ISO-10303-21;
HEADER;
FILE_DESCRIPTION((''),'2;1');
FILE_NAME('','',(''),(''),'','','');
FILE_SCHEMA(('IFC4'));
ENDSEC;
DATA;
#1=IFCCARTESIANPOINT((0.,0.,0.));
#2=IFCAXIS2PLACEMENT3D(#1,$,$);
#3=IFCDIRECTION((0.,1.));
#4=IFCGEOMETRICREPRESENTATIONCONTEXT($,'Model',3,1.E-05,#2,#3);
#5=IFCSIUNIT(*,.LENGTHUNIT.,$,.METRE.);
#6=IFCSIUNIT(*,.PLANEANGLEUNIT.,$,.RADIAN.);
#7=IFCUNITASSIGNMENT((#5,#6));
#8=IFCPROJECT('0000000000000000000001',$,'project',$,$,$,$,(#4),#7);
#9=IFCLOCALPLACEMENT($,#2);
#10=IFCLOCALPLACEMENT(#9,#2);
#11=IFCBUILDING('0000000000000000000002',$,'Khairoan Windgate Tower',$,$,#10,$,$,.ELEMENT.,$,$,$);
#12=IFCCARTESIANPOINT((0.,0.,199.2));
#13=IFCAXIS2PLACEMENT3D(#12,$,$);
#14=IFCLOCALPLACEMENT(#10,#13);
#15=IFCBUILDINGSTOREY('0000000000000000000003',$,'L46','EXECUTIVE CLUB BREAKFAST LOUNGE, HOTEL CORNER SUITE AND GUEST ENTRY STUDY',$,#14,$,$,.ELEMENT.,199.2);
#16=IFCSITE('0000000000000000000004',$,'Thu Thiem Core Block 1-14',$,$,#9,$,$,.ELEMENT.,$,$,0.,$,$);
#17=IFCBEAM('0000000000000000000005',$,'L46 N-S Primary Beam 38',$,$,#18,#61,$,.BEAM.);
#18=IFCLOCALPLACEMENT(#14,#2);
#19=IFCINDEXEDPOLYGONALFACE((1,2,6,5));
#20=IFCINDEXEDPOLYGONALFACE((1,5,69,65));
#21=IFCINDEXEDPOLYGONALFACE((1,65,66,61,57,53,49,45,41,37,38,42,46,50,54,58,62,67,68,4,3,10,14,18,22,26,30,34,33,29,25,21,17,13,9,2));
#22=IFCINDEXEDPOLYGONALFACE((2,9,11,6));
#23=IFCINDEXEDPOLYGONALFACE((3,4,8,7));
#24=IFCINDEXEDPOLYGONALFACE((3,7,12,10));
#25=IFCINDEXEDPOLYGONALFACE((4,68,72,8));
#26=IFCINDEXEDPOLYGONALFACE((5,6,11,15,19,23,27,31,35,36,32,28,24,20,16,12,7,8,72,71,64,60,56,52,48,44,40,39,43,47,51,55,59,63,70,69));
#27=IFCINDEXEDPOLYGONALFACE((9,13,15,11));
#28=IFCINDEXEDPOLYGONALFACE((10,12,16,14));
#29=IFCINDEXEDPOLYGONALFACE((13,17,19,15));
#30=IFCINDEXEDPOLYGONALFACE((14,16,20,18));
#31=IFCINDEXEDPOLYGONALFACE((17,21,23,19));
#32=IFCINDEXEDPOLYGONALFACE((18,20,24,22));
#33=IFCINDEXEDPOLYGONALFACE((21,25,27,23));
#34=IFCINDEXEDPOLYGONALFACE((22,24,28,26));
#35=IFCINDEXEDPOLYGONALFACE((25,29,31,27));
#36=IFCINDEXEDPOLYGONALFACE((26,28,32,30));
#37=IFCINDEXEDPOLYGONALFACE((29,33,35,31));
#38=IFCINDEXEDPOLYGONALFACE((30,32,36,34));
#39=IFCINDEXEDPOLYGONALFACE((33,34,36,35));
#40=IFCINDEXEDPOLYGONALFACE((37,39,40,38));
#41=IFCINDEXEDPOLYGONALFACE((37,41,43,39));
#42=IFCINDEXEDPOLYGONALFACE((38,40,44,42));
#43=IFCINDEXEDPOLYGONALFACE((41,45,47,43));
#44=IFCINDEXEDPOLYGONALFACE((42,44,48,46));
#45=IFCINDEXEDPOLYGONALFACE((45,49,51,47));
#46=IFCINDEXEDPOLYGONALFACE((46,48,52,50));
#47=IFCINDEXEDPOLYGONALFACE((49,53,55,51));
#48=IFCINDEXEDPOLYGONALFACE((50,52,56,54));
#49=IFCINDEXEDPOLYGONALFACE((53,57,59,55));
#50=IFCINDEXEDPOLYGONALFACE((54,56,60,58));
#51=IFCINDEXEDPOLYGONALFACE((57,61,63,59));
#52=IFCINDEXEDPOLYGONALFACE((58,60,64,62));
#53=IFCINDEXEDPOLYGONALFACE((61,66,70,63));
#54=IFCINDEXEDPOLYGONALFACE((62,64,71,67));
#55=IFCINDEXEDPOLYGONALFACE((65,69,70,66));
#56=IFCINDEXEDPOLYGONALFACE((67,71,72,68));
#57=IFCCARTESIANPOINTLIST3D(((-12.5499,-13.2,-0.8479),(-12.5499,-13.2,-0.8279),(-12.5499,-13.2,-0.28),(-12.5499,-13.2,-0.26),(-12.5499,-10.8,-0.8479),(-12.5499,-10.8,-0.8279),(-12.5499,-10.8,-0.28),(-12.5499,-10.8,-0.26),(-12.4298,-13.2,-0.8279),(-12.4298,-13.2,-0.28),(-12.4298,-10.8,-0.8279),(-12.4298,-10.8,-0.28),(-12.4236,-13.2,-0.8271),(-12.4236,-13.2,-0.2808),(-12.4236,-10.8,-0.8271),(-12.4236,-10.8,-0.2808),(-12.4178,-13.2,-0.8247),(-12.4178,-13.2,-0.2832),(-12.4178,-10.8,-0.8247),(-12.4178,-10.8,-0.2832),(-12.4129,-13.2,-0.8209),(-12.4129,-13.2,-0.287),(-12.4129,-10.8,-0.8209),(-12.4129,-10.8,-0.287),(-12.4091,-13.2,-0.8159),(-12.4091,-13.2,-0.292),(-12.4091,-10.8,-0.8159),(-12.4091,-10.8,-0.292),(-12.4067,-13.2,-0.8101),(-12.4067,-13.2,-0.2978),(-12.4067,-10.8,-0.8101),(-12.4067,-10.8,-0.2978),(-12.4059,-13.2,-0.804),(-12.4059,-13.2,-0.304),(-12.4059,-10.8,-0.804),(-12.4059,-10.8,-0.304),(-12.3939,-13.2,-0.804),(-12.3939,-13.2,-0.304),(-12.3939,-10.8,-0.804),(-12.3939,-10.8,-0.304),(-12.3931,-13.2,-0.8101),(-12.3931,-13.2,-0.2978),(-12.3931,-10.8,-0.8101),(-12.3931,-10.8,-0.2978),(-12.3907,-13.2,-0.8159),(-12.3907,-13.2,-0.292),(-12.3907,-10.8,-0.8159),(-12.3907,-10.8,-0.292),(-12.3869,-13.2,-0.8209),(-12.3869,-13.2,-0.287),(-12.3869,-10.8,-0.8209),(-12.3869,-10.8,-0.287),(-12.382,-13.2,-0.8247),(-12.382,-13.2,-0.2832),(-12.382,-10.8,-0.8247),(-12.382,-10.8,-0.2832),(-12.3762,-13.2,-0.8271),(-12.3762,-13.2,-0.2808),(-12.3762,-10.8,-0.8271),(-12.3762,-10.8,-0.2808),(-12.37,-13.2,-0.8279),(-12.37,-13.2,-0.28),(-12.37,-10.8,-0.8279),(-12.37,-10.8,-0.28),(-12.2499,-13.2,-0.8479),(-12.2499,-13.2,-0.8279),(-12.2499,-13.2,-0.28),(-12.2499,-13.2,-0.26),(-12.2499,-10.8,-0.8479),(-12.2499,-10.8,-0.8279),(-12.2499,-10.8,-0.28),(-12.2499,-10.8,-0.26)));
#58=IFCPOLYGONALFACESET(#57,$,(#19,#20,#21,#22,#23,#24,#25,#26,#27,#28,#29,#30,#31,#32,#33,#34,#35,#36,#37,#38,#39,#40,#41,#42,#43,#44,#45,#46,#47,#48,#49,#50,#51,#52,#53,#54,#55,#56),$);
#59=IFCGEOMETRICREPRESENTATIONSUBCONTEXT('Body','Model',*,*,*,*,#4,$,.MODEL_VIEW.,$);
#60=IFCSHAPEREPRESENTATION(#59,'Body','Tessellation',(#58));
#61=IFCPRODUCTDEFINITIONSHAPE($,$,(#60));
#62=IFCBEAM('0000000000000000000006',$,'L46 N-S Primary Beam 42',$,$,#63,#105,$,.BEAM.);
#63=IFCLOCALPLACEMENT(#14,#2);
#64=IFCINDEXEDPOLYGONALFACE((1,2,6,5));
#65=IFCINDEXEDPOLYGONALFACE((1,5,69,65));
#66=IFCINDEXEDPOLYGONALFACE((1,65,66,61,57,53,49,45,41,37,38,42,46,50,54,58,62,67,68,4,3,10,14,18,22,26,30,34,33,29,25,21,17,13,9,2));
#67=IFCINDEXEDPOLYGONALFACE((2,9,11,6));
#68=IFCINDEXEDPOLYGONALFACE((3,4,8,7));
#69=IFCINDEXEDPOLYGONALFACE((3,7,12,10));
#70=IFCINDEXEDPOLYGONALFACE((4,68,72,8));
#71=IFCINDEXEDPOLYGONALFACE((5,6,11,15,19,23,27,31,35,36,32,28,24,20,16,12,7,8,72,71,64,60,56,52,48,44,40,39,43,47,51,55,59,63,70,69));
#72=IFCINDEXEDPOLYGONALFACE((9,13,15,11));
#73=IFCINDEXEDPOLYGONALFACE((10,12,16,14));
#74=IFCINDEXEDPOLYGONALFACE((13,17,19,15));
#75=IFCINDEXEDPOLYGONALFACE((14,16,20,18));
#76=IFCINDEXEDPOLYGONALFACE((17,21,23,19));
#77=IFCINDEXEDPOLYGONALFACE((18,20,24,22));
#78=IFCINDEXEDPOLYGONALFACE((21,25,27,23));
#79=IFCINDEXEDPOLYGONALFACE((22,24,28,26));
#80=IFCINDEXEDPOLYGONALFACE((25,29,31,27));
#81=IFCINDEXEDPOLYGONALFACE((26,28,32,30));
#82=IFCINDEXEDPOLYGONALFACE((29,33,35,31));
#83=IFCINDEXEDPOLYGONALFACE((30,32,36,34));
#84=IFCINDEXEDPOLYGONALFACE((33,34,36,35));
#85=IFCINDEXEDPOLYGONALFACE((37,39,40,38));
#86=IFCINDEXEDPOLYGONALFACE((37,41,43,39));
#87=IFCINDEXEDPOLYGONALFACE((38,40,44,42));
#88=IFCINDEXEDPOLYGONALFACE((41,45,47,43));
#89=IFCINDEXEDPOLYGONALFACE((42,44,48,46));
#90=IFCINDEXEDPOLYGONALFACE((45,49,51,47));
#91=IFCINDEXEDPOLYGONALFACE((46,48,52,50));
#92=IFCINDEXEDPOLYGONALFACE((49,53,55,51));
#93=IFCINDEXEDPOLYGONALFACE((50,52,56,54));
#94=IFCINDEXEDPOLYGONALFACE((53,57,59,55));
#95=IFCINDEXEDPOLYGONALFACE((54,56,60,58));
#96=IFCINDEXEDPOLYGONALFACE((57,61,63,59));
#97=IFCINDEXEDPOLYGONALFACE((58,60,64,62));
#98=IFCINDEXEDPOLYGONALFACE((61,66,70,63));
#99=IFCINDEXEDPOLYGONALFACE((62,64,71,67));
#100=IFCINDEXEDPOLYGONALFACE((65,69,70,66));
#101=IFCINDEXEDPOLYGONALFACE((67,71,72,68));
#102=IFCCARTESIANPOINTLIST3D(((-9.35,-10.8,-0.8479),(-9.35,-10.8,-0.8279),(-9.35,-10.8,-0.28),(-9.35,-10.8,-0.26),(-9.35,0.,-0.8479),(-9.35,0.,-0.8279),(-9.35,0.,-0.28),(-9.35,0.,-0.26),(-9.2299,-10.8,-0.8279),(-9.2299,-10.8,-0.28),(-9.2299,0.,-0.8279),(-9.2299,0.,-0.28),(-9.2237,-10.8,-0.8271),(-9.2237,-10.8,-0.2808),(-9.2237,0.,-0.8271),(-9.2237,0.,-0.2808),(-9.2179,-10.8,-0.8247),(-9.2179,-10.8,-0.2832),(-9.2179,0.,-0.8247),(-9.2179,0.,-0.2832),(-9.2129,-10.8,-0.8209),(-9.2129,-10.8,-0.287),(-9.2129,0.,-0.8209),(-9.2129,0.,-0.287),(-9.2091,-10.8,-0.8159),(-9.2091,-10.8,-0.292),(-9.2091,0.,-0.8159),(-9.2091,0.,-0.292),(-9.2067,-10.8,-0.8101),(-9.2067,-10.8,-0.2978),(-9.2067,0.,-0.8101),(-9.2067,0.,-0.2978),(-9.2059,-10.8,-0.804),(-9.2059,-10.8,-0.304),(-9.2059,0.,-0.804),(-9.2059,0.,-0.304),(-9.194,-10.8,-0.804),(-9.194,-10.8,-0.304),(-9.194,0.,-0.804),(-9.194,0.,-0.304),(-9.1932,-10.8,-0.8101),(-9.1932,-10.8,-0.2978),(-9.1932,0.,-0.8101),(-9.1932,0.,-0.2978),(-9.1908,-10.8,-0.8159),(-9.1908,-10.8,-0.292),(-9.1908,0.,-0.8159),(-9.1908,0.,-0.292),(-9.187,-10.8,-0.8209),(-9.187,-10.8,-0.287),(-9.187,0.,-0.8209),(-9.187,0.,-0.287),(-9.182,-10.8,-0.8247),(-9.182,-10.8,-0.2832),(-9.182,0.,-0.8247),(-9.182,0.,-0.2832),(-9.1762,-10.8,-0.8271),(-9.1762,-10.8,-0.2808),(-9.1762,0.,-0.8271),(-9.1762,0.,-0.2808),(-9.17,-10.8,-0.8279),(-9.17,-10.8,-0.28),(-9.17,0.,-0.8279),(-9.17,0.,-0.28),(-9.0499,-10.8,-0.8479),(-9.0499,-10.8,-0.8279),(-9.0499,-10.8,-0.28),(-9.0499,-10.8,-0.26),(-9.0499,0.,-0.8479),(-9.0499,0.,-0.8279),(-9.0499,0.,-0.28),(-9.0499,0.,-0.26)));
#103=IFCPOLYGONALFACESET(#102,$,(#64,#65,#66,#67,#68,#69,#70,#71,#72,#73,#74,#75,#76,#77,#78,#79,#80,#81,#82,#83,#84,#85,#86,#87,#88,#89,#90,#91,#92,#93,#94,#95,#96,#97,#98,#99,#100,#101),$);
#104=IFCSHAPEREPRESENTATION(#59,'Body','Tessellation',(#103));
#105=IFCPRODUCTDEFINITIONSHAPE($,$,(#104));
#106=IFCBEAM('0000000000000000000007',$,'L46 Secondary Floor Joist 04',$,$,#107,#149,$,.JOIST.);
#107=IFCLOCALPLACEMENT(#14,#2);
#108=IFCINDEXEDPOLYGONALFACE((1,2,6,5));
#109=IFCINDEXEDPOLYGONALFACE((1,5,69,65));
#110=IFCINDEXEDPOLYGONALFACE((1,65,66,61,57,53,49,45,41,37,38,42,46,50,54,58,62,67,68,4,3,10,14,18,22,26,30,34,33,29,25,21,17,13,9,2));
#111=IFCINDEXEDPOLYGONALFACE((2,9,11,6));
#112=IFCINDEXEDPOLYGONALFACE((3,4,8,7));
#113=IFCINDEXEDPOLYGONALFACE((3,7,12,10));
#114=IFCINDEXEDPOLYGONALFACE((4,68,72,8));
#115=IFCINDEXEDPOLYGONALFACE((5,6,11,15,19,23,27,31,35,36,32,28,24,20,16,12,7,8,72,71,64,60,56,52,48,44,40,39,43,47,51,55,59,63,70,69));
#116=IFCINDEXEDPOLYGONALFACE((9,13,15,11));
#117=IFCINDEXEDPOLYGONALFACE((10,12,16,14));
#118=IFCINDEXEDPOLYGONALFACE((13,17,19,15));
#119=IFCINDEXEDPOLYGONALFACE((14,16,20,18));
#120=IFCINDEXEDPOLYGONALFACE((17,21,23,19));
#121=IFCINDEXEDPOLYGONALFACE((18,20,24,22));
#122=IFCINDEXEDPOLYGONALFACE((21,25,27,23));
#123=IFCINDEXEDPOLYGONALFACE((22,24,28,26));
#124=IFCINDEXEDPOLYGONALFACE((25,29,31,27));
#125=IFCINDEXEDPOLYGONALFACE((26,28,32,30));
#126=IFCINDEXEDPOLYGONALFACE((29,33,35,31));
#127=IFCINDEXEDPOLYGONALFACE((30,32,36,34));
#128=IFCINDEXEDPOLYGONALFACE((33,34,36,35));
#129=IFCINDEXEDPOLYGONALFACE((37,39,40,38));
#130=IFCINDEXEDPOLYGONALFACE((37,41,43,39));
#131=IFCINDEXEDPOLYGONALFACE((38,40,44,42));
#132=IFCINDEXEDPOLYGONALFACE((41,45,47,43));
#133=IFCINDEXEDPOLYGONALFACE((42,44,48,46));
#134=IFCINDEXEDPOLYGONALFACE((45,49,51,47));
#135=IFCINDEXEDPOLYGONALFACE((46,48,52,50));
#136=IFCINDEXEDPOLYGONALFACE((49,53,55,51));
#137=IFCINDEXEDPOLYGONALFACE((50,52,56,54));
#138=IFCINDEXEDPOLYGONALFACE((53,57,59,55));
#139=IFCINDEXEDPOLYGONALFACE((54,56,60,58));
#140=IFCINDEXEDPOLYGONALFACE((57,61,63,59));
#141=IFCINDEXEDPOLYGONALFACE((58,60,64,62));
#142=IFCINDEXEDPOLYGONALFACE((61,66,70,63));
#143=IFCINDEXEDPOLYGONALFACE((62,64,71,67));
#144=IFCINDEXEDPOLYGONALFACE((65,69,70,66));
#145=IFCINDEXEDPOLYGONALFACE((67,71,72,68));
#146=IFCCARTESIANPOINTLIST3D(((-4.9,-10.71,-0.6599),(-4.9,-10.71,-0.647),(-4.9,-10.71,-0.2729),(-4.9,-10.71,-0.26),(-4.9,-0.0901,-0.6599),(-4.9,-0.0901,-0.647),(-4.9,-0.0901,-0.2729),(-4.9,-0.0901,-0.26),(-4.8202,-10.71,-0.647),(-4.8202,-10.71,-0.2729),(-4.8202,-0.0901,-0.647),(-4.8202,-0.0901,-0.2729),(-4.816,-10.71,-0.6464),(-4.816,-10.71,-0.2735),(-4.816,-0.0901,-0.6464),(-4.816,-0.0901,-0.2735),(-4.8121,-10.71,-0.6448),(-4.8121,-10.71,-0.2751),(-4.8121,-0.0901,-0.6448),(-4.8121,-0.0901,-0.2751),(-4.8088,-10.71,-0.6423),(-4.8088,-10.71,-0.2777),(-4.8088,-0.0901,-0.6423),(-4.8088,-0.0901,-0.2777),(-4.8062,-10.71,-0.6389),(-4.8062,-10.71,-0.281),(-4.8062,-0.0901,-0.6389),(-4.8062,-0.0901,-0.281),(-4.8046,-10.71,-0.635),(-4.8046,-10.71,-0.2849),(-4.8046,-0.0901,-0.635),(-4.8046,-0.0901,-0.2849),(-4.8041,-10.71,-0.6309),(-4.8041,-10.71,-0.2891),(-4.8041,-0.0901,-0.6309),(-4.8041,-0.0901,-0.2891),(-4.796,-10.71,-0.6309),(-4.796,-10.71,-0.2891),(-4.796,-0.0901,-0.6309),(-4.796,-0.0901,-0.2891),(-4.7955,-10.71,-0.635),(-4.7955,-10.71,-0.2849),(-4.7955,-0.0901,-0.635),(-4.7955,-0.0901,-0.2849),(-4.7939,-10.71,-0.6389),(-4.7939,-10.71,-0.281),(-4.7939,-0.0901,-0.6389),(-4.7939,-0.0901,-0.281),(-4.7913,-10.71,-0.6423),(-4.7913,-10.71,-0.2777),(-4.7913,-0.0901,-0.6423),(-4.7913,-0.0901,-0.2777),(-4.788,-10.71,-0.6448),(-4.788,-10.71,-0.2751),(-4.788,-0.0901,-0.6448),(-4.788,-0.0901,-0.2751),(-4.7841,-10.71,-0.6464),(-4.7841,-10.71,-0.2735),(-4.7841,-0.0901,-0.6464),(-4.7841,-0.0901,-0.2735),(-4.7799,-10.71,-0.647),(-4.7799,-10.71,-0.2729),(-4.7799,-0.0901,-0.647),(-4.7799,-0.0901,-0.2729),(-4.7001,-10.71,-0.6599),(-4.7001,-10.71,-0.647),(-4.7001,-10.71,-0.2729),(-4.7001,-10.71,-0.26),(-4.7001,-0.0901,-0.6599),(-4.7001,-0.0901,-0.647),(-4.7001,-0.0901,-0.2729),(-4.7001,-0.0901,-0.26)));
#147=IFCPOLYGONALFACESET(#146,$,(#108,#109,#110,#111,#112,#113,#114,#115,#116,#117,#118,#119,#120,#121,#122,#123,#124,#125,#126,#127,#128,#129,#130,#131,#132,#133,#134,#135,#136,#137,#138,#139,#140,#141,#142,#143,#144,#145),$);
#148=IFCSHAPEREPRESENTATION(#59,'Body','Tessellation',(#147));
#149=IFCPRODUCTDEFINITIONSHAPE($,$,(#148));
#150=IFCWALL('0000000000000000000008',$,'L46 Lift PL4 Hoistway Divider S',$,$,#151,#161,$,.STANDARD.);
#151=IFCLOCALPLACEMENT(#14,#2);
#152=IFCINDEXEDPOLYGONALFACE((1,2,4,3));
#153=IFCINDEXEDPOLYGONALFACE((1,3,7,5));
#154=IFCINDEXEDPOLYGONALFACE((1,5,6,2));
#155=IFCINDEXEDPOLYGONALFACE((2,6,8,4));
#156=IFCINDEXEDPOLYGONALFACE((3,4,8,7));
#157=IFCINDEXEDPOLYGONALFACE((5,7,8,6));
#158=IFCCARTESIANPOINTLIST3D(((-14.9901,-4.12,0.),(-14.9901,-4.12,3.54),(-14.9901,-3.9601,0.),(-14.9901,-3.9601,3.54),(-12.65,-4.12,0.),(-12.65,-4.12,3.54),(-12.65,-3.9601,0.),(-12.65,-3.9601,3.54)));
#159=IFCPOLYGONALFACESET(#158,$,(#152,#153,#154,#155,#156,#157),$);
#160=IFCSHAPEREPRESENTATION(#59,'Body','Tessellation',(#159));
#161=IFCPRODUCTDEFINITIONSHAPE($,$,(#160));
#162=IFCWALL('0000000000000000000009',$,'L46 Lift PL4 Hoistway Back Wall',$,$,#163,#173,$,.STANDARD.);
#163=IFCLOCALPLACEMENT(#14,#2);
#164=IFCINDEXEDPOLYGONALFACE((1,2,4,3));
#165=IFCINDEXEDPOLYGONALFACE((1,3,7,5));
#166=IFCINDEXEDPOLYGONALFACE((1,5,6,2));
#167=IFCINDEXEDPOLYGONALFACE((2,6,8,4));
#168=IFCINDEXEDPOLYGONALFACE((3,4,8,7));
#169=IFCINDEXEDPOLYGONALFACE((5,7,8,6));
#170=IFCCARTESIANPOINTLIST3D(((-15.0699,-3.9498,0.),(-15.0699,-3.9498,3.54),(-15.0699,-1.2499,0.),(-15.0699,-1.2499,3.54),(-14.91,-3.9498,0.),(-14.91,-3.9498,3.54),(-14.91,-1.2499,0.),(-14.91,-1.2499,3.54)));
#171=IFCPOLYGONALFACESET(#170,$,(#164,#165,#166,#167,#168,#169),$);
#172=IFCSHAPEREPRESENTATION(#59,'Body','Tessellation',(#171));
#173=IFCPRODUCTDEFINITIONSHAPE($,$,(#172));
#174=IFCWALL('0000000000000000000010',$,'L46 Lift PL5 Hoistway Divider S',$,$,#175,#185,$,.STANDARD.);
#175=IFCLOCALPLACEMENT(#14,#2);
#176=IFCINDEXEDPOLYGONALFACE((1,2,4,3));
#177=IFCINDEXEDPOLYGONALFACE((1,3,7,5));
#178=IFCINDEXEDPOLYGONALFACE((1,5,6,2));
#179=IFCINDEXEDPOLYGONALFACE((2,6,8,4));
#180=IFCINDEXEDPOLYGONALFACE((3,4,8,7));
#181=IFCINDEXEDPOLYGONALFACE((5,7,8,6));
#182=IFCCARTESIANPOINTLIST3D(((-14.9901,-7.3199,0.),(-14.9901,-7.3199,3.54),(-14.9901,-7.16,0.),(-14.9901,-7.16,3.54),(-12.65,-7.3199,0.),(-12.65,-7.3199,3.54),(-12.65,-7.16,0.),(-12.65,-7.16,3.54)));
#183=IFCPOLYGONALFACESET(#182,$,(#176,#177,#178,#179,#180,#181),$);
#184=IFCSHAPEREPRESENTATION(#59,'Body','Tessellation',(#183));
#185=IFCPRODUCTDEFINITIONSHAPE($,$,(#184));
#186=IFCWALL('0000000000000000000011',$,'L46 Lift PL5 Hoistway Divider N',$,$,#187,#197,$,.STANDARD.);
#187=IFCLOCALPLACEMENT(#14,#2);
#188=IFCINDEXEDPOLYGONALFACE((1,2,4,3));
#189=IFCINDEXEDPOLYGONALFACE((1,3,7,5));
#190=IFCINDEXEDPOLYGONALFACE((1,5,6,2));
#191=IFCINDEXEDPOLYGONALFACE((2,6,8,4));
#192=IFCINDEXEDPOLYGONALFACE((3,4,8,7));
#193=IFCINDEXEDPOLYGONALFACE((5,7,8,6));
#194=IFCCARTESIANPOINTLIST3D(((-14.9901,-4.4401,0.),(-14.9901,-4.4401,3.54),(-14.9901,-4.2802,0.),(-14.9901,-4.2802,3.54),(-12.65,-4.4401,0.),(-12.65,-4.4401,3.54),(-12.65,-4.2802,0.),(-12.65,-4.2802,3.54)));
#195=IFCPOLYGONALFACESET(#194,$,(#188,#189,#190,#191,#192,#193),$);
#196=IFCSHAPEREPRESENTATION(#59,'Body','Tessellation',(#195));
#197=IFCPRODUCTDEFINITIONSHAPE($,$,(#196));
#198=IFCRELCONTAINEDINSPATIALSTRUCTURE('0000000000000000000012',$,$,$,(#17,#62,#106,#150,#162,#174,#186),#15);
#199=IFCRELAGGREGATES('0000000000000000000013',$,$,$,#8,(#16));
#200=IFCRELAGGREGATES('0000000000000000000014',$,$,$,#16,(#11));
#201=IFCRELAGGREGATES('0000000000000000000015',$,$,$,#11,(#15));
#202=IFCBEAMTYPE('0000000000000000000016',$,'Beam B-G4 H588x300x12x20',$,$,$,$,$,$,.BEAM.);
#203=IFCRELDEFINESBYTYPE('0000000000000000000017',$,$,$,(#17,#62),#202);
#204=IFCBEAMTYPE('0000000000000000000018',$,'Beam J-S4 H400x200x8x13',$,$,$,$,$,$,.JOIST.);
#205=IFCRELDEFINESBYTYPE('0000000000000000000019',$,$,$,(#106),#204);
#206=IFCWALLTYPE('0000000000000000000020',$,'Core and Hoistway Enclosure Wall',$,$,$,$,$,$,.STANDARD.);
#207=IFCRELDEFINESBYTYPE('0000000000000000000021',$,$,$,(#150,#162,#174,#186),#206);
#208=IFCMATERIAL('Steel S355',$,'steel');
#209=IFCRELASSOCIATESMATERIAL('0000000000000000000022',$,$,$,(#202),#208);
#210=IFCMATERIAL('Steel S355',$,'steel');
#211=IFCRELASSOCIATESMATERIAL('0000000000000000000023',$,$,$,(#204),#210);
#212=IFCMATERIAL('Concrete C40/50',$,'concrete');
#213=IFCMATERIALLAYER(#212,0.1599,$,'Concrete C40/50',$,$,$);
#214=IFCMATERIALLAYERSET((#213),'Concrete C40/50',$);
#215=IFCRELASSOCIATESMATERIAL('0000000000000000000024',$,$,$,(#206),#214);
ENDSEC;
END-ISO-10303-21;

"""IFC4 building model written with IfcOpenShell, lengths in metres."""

from ifc_helpers import new_model, si_unit, direction, frame, frame_2d, origin, origin_2d, place, context, subcontext, project, spatial, rectangle, i_section, extrude, material, layer, layer_set, material_profile, profile_set, type_object, element, save


model = new_model("IFC4")

# Units and contexts
model_context = context("Model", 3, precision=1e-05, world=origin(), true_north=direction((0.0, 1.0)))
body_context = subcontext(model_context, "Body", "Model", "MODEL_VIEW")
ifc_project = project(units=[si_unit("LENGTHUNIT", "METRE"), si_unit("PLANEANGLEUNIT", "RADIAN")], contexts=[model_context])

# Site, building, storey
site_placement = place(None, origin())
site = spatial("IfcSite", under=ifc_project, at=site_placement, Name="Thu Thiem Core Block 1-14", CompositionType="ELEMENT", RefElevation=0.0)
building_placement = place(site_placement, origin())
building = spatial("IfcBuilding", under=site, at=building_placement, Name="Khairoan Windgate Tower", CompositionType="ELEMENT")
storey_placement = place(building_placement, frame((0.0, 0.0, 199.2)))
storey = spatial("IfcBuildingStorey", under=building, at=storey_placement, Name="L46", Description="EXECUTIVE CLUB BREAKFAST LOUNGE, HOTEL CORNER SUITE AND GUEST ENTRY STUDY", CompositionType="ELEMENT", Elevation=199.2)

# Beams
ifc_material_1 = material(Name="Steel S355", Category="steel")
ifc_material_profile_1 = material_profile(ifc_material_1, i_section(OverallWidth=0.3, OverallDepth=0.5879, WebThickness=0.012, FlangeThickness=0.02, FilletRadius=0.0239, at=origin_2d()))
ifc_profile_set_1 = profile_set([ifc_material_profile_1], Name="Steel S355")
beam_type_1 = type_object("IfcBeamType", Name="Beam B-G4 H588x300x12x20", PredefinedType="BEAM", material=ifc_profile_set_1)
beam_1_placement = place(storey_placement, frame((-12.3999, -13.2, -0.554), z_axis=(0.0, 1.0, 0.0), x_axis=(-1.0, 0.0, 0.0)))
element("IfcBeam", 1, at=beam_1_placement, inside=storey, type_object=beam_type_1, Name="L46 N-S Primary Beam 38", PredefinedType="BEAM", context=body_context, shape_type="SweptSolid", body=[
    extrude(i_section(OverallWidth=0.3, OverallDepth=0.5879, WebThickness=0.012, FlangeThickness=0.02, FilletRadius=0.0239, at=origin_2d()), origin(), (0.0, 0.0, 1.0), 2.3999),
])
beam_2_placement = place(storey_placement, frame((-9.2, -10.8, -0.554), z_axis=(0.0, 1.0, 0.0), x_axis=(-1.0, 0.0, 0.0)))
element("IfcBeam", 2, at=beam_2_placement, inside=storey, type_object=beam_type_1, Name="L46 N-S Primary Beam 42", PredefinedType="BEAM", context=body_context, shape_type="SweptSolid", body=[
    extrude(i_section(OverallWidth=0.3, OverallDepth=0.5879, WebThickness=0.012, FlangeThickness=0.02, FilletRadius=0.0239, at=origin_2d()), origin(), (0.0, 0.0, 1.0), 10.8),
])
ifc_material_2 = material(Name="Steel S355", Category="steel")
ifc_material_profile_2 = material_profile(ifc_material_2, i_section(OverallWidth=0.2, OverallDepth=0.3999, WebThickness=0.0081, FlangeThickness=0.0129, FilletRadius=0.0161, at=origin_2d()))
ifc_profile_set_2 = profile_set([ifc_material_profile_2], Name="Steel S355")
beam_type_2 = type_object("IfcBeamType", Name="Beam J-S4 H400x200x8x13", PredefinedType="JOIST", material=ifc_profile_set_2)
beam_3_placement = place(storey_placement, frame((-4.8, -10.71, -0.46), z_axis=(0.0, 1.0, 0.0), x_axis=(-1.0, 0.0, 0.0)))
element("IfcBeam", 3, at=beam_3_placement, inside=storey, type_object=beam_type_2, Name="L46 Secondary Floor Joist 04", PredefinedType="JOIST", context=body_context, shape_type="SweptSolid", body=[
    extrude(i_section(OverallWidth=0.2, OverallDepth=0.3999, WebThickness=0.0081, FlangeThickness=0.0129, FilletRadius=0.0161, at=origin_2d()), origin(), (0.0, 0.0, 1.0), 10.6199),
])

# Walls
ifc_material_3 = material(Name="Concrete C40/50", Category="concrete")
ifc_layer_1 = layer(ifc_material_3, 0.1599, Name="Concrete C40/50")
ifc_layer_set_1 = layer_set([ifc_layer_1], Name="Concrete C40/50")
wall_type_1 = type_object("IfcWallType", Name="Core and Hoistway Enclosure Wall", PredefinedType="STANDARD", material=ifc_layer_set_1)
wall_1_placement = place(storey_placement, frame((-14.99, -4.04, 0.0), z_axis=(0.0, 0.0, 1.0), x_axis=(1.0, 0.0, 0.0)))
element("IfcWall", 4, at=wall_1_placement, inside=storey, type_object=wall_type_1, Name="L46 Lift PL4 Hoistway Divider S", PredefinedType="STANDARD", context=body_context, shape_type="SweptSolid", body=[
    extrude(rectangle(XDim=2.3401, YDim=0.1599, at=frame_2d((1.1699, 0.0))), origin(), (0.0, 0.0, 1.0), 3.54),
])
wall_2_placement = place(storey_placement, frame((-14.99, -3.95, 0.0), z_axis=(0.0, 0.0, 1.0), x_axis=(0.0, 1.0, 0.0)))
element("IfcWall", 5, at=wall_2_placement, inside=storey, type_object=wall_type_1, Name="L46 Lift PL4 Hoistway Back Wall", PredefinedType="STANDARD", context=body_context, shape_type="SweptSolid", body=[
    extrude(rectangle(XDim=2.7, YDim=0.1599, at=frame_2d((1.3501, 0.0))), origin(), (0.0, 0.0, 1.0), 3.54),
])
for number, where, z_axis, x_axis, name in (
    (6, (-14.99, -7.24, 0.0), (0.0, 0.0, 1.0), (1.0, 0.0, 0.0), "L46 Lift PL5 Hoistway Divider S"),
    (7, (-14.99, -4.3601, 0.0), (0.0, 0.0, 1.0), (1.0, 0.0, 0.0), "L46 Lift PL5 Hoistway Divider N"),
):
    element("IfcWall", number, at=place(storey_placement, frame(where, z_axis=z_axis, x_axis=x_axis)), inside=storey, type_object=wall_type_1, Name=name, PredefinedType="STANDARD", context=body_context, shape_type="SweptSolid", body=[
        extrude(rectangle(XDim=2.3401, YDim=0.1599, at=frame_2d((1.1699, 0.0))), origin(), (0.0, 0.0, 1.0), 3.54),
    ])

save(model, "model.ifc")
